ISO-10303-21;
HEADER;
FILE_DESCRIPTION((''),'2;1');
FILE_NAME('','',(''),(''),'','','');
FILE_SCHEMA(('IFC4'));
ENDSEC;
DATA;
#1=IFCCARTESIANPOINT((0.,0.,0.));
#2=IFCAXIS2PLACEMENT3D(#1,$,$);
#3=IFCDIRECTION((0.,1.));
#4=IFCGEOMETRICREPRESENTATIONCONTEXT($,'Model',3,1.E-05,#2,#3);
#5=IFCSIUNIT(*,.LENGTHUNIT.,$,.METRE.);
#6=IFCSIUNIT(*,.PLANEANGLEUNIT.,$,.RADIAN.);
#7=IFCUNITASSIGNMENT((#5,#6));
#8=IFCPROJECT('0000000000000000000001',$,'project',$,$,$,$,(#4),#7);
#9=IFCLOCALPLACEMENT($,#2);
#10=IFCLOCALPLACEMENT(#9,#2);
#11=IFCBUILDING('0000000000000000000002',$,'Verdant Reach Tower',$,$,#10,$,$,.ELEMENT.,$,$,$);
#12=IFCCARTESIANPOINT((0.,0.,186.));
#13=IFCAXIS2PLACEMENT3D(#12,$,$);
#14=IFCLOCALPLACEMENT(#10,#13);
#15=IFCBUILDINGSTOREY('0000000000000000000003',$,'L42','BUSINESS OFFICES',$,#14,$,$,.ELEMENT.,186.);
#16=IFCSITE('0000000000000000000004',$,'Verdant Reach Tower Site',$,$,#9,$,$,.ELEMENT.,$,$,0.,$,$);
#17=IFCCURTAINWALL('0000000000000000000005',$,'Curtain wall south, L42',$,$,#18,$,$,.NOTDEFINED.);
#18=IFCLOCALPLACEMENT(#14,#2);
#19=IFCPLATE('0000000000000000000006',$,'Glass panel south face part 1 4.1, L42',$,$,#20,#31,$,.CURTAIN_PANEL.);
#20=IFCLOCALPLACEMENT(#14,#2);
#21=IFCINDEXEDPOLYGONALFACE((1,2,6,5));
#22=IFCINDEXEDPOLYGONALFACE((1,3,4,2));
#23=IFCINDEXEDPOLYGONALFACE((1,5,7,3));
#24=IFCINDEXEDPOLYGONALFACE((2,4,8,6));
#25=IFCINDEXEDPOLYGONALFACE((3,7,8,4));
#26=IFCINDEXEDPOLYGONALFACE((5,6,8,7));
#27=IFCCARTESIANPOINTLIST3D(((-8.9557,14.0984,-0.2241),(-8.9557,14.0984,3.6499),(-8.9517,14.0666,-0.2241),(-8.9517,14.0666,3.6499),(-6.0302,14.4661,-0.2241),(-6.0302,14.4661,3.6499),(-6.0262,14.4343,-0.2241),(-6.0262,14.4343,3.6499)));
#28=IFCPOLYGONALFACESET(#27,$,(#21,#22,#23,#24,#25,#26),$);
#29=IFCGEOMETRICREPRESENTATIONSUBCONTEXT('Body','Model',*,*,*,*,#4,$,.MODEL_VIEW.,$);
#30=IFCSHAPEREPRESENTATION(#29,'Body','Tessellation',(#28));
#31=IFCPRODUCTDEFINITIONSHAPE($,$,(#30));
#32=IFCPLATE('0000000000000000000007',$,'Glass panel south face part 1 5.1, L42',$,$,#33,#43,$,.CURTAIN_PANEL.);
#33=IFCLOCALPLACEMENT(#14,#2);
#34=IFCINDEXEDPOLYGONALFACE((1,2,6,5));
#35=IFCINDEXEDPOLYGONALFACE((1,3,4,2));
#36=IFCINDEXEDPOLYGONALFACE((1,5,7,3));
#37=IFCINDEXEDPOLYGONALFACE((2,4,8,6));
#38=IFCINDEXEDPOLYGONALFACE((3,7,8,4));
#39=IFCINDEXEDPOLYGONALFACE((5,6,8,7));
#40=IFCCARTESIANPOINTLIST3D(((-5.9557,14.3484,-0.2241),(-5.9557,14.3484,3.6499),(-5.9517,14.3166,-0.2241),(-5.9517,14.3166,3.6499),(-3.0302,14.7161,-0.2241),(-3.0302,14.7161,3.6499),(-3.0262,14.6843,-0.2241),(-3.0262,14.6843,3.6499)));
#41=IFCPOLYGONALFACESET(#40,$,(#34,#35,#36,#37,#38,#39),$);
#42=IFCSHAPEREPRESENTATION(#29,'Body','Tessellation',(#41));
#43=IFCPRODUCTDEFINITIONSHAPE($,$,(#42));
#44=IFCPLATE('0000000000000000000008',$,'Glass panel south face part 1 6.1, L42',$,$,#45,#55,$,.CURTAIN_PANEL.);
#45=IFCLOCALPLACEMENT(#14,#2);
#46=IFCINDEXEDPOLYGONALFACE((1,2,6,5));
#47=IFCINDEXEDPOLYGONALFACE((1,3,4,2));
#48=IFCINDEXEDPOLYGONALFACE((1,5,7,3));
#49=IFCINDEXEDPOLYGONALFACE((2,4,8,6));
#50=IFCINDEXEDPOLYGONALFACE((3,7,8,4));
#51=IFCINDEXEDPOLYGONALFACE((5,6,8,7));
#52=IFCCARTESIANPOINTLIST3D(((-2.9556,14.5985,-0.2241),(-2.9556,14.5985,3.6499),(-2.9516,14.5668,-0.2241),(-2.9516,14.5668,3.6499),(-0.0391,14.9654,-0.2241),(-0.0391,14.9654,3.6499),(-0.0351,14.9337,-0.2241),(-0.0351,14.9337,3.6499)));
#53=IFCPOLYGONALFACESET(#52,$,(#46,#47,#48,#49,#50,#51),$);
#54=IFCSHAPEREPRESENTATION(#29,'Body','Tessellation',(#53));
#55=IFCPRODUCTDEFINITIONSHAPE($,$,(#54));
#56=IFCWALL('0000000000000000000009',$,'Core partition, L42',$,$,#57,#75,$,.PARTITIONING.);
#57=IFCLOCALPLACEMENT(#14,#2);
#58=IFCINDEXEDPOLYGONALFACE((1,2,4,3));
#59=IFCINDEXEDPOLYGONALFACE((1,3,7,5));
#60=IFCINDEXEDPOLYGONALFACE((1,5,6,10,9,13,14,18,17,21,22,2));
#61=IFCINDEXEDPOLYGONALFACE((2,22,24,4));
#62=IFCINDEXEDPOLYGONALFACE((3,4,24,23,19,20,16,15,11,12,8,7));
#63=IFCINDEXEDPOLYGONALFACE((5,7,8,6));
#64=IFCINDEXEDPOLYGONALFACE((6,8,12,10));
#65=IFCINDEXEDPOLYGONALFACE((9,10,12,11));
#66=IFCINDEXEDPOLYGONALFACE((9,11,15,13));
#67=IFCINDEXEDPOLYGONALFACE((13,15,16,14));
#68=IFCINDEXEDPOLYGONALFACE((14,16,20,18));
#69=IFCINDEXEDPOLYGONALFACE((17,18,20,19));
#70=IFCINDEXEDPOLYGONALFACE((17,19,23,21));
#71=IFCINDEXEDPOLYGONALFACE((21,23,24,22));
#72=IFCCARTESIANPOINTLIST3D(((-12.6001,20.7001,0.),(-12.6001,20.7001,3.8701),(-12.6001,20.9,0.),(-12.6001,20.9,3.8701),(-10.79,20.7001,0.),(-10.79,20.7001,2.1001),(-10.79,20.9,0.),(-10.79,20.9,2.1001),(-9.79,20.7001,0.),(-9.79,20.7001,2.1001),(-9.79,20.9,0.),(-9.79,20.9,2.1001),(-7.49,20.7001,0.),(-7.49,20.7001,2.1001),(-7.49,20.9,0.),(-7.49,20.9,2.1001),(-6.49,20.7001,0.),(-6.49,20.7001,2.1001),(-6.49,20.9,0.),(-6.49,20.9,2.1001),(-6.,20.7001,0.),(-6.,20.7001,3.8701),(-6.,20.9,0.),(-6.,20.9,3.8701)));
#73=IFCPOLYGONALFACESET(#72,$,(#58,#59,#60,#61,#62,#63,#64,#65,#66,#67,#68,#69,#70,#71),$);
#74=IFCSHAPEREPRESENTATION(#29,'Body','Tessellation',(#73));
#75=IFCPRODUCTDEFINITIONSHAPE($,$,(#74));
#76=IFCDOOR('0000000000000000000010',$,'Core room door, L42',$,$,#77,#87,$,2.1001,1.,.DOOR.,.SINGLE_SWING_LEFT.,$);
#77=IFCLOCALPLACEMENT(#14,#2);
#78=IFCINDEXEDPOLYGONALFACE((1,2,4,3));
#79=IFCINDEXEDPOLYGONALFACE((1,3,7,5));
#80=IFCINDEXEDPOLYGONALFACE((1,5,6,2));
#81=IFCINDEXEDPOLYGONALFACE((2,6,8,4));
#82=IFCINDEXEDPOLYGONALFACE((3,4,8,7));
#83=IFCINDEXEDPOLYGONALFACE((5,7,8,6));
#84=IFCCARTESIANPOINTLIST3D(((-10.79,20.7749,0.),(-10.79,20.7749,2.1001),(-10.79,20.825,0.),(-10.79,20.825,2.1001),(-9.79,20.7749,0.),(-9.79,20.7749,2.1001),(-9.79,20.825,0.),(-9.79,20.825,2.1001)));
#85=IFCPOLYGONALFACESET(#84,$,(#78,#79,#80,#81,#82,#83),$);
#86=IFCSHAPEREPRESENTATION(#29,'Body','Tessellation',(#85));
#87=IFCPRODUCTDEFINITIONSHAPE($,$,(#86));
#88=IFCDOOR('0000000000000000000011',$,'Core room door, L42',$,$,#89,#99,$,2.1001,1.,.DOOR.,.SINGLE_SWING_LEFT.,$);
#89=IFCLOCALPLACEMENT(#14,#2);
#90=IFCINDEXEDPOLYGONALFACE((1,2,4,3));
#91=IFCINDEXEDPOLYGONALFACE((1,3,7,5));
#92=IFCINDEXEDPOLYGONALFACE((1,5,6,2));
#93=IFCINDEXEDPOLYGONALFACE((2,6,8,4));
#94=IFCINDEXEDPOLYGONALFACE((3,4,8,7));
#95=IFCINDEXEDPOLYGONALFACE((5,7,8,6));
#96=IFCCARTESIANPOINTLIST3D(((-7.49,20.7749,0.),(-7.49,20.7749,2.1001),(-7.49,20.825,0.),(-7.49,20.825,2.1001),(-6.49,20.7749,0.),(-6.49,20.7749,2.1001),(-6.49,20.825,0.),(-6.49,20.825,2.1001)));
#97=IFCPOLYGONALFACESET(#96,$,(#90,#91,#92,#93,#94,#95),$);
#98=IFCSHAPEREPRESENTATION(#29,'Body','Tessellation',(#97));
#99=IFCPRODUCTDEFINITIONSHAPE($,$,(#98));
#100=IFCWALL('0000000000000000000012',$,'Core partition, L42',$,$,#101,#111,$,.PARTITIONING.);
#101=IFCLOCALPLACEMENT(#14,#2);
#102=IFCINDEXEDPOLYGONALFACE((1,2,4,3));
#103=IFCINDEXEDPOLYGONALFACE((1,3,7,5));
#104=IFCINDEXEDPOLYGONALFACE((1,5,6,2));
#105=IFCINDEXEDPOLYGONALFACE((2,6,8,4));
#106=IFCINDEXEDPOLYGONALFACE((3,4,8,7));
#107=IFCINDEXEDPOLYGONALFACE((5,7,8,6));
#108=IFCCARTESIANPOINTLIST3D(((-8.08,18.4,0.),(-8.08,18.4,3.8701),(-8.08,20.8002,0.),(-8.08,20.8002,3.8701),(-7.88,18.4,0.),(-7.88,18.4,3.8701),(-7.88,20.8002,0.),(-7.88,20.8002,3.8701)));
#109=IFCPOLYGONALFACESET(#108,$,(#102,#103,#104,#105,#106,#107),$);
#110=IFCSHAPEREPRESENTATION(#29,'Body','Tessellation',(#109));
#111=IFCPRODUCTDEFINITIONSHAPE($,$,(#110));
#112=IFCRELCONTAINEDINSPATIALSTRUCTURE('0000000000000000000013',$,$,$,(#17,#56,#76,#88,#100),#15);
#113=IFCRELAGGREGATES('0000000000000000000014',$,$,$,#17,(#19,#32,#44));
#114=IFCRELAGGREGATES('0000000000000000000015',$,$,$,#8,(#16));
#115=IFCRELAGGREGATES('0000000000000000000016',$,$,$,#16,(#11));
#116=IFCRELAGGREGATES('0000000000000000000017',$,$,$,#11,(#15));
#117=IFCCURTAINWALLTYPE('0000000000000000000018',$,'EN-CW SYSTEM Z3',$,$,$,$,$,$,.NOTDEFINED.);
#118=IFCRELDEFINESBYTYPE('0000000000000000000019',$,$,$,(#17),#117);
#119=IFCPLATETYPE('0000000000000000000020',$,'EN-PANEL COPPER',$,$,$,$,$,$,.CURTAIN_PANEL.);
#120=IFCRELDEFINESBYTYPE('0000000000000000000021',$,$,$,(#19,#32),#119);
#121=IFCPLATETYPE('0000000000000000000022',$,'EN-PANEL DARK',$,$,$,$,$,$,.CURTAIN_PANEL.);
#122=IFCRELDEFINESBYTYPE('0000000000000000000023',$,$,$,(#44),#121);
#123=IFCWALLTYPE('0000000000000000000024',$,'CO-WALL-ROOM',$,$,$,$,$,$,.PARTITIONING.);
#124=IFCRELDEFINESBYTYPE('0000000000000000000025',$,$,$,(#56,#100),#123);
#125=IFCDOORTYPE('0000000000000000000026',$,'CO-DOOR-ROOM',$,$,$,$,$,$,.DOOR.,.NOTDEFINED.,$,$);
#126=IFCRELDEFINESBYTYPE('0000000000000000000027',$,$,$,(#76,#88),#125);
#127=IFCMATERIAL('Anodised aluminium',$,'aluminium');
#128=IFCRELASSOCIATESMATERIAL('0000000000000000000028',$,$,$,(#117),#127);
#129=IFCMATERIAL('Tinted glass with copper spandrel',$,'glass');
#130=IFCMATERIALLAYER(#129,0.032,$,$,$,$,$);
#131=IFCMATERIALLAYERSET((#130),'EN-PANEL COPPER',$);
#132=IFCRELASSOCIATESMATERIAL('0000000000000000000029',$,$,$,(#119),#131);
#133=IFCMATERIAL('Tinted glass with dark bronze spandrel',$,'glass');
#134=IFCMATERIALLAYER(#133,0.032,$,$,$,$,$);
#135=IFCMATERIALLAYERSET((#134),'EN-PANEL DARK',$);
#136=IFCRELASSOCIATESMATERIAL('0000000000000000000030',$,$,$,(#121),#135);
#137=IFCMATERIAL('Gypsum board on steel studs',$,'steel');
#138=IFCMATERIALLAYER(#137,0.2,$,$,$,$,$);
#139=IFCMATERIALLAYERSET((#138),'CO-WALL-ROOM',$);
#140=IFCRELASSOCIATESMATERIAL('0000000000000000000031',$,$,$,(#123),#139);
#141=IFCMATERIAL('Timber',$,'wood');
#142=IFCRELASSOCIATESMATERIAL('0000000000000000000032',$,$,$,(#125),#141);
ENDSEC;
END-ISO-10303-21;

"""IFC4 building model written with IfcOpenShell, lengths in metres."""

from ifc_helpers import new_model, si_unit, direction, frame, frame_2d, origin, origin_2d, place, context, subcontext, project, spatial, rectangle, extrude, material, layer, layer_set, type_object, element, fill, aggregate, save


model = new_model("IFC4")

# Units and contexts
model_context = context("Model", 3, precision=1e-05, world=origin(), true_north=direction((0.0, 1.0)))
body_context = subcontext(model_context, "Body", "Model", "MODEL_VIEW")
ifc_project = project(units=[si_unit("LENGTHUNIT", "METRE"), si_unit("PLANEANGLEUNIT", "RADIAN")], contexts=[model_context])

# Site, building, storey
site_placement = place(None, origin())
site = spatial("IfcSite", under=ifc_project, at=site_placement, Name="Verdant Reach Tower Site", CompositionType="ELEMENT", RefElevation=0.0)
building_placement = place(site_placement, origin())
building = spatial("IfcBuilding", under=site, at=building_placement, Name="Verdant Reach Tower", CompositionType="ELEMENT")
storey_placement = place(building_placement, frame((0.0, 0.0, 186.0)))
storey = spatial("IfcBuildingStorey", under=building, at=storey_placement, Name="L42", Description="BUSINESS OFFICES", CompositionType="ELEMENT", Elevation=186.0)

# Curtain wall, plates
ifc_material_1 = material(Name="Anodised aluminium", Category="aluminium")
curtain_wall_type = type_object("IfcCurtainWallType", Name="EN-CW SYSTEM Z3", PredefinedType="NOTDEFINED", material=ifc_material_1)
curtain_wall_placement = place(storey_placement, origin())
curtain_wall = element("IfcCurtainWall", 1, at=curtain_wall_placement, inside=storey, type_object=curtain_wall_type, Name="Curtain wall south, L42", PredefinedType="NOTDEFINED")
ifc_material_2 = material(Name="Tinted glass with copper spandrel", Category="glass")
ifc_layer_1 = layer(ifc_material_2, 0.032)
ifc_layer_set_1 = layer_set([ifc_layer_1], Name="EN-PANEL COPPER")
plate_type_1 = type_object("IfcPlateType", Name="EN-PANEL COPPER", PredefinedType="CURTAIN_PANEL", material=ifc_layer_set_1)
plate_1_placement = place(storey_placement, frame((-7.491, 14.2664, -0.2241), z_axis=(0.0, 0.0, 1.0), x_axis=(0.992194, 0.124704, 0.0)))
plate_1 = element("IfcPlate", 2, at=plate_1_placement, type_object=plate_type_1, Name="Glass panel south face part 1 4.1, L42", PredefinedType="CURTAIN_PANEL", context=body_context, shape_type="SweptSolid", body=[
    extrude(rectangle(XDim=2.9485, YDim=0.032, at=origin_2d()), origin(), (0.0, 0.0, 1.0), 3.874),
])
plate_2_placement = place(storey_placement, frame((-4.491, 14.5164, -0.2241), z_axis=(0.0, 0.0, 1.0), x_axis=(0.992194, 0.124704, 0.0)))
plate_2 = element("IfcPlate", 3, at=plate_2_placement, type_object=plate_type_1, Name="Glass panel south face part 1 5.1, L42", PredefinedType="CURTAIN_PANEL", context=body_context, shape_type="SweptSolid", body=[
    extrude(rectangle(XDim=2.9485, YDim=0.032, at=origin_2d()), origin(), (0.0, 0.0, 1.0), 3.874),
])
ifc_material_3 = material(Name="Tinted glass with dark bronze spandrel", Category="glass")
ifc_layer_2 = layer(ifc_material_3, 0.032)
ifc_layer_set_2 = layer_set([ifc_layer_2], Name="EN-PANEL DARK")
plate_type_2 = type_object("IfcPlateType", Name="EN-PANEL DARK", PredefinedType="CURTAIN_PANEL", material=ifc_layer_set_2)
plate_3_placement = place(storey_placement, frame((-1.4954, 14.7661, -0.2241), z_axis=(0.0, 0.0, 1.0), x_axis=(0.992178, 0.124828, 0.0)))
plate_3 = element("IfcPlate", 4, at=plate_3_placement, type_object=plate_type_2, Name="Glass panel south face part 1 6.1, L42", PredefinedType="CURTAIN_PANEL", context=body_context, shape_type="SweptSolid", body=[
    extrude(rectangle(XDim=2.9395, YDim=0.032, at=origin_2d()), origin(), (0.0, 0.0, 1.0), 3.874),
])
aggregate(curtain_wall, [plate_1, plate_2, plate_3])

# Wall, openings, doors
ifc_material_4 = material(Name="Gypsum board on steel studs", Category="steel")
ifc_layer_3 = layer(ifc_material_4, 0.2)
ifc_layer_set_3 = layer_set([ifc_layer_3], Name="CO-WALL-ROOM")
wall_type_1 = type_object("IfcWallType", Name="CO-WALL-ROOM", PredefinedType="PARTITIONING", material=ifc_layer_set_3)
wall_1_placement = place(storey_placement, frame((-12.6001, 20.8, 0.0), z_axis=(0.0, 0.0, 1.0), x_axis=(1.0, 0.0, 0.0)))
wall_1 = element("IfcWall", 5, at=wall_1_placement, inside=storey, type_object=wall_type_1, Name="Core partition, L42", PredefinedType="PARTITIONING", context=body_context, shape_type="SweptSolid", body=[
    extrude(rectangle(XDim=6.6001, YDim=0.2, at=frame_2d((3.3, 0.0))), origin(), (0.0, 0.0, 1.0), 3.8701),
])
opening_1_placement = place(wall_1_placement, frame((1.8101, 0.0, 0.0)))
opening_1 = element("IfcOpeningElement", 6, at=opening_1_placement, cuts=wall_1, PredefinedType="OPENING", context=body_context, shape_type="SweptSolid", body=[
    extrude(rectangle(XDim=1.0, YDim=2.1001, at=frame_2d((0.5, 1.05))), frame((0.0, 0.1099, 0.0), z_axis=(0.0, -1.0, 0.0), x_axis=(1.0, 0.0, 0.0)), (0.0, 0.0, 1.0), 0.22),
])
opening_2_placement = place(wall_1_placement, frame((5.1101, 0.0, 0.0)))
opening_2 = element("IfcOpeningElement", 7, at=opening_2_placement, cuts=wall_1, PredefinedType="OPENING", context=body_context, shape_type="SweptSolid", body=[
    extrude(rectangle(XDim=1.0, YDim=2.1001, at=frame_2d((0.5, 1.05))), frame((0.0, 0.1099, 0.0), z_axis=(0.0, -1.0, 0.0), x_axis=(1.0, 0.0, 0.0)), (0.0, 0.0, 1.0), 0.22),
])
ifc_material_5 = material(Name="Timber", Category="wood")
door_type_1 = type_object("IfcDoorType", Name="CO-DOOR-ROOM", OperationType="NOTDEFINED", PredefinedType="DOOR", material=ifc_material_5)
door_1_placement = place(opening_1_placement, origin())
door_1 = element("IfcDoor", 8, at=door_1_placement, inside=storey, type_object=door_type_1, Name="Core room door, L42", OperationType="SINGLE_SWING_LEFT", OverallHeight=2.1001, OverallWidth=1.0, PredefinedType="DOOR", context=body_context, shape_type="SweptSolid", body=[
    extrude(rectangle(XDim=1.0, YDim=2.1001, at=frame_2d((0.5, 1.05))), frame((0.0, 0.0249, 0.0), z_axis=(0.0, -1.0, 0.0), x_axis=(1.0, 0.0, 0.0)), (0.0, 0.0, 1.0), 0.05),
])
fill(opening_1, door_1)
door_2_placement = place(opening_2_placement, origin())
door_2 = element("IfcDoor", 9, at=door_2_placement, inside=storey, type_object=door_type_1, Name="Core room door, L42", OperationType="SINGLE_SWING_LEFT", OverallHeight=2.1001, OverallWidth=1.0, PredefinedType="DOOR", context=body_context, shape_type="SweptSolid", body=[
    extrude(rectangle(XDim=1.0, YDim=2.1001, at=frame_2d((0.5, 1.05))), frame((0.0, 0.0249, 0.0), z_axis=(0.0, -1.0, 0.0), x_axis=(1.0, 0.0, 0.0)), (0.0, 0.0, 1.0), 0.05),
])
fill(opening_2, door_2)

# Wall
wall_2_placement = place(storey_placement, frame((-7.98, 18.3999, 0.0), z_axis=(0.0, 0.0, 1.0), x_axis=(0.0, 1.0, 0.0)))
element("IfcWall", 10, at=wall_2_placement, inside=storey, type_object=wall_type_1, Name="Core partition, L42", PredefinedType="PARTITIONING", context=body_context, shape_type="SweptSolid", body=[
    extrude(rectangle(XDim=2.4001, YDim=0.2, at=frame_2d((1.2002, 0.0))), origin(), (0.0, 0.0, 1.0), 3.8701),
])

save(model, "model.ifc")
